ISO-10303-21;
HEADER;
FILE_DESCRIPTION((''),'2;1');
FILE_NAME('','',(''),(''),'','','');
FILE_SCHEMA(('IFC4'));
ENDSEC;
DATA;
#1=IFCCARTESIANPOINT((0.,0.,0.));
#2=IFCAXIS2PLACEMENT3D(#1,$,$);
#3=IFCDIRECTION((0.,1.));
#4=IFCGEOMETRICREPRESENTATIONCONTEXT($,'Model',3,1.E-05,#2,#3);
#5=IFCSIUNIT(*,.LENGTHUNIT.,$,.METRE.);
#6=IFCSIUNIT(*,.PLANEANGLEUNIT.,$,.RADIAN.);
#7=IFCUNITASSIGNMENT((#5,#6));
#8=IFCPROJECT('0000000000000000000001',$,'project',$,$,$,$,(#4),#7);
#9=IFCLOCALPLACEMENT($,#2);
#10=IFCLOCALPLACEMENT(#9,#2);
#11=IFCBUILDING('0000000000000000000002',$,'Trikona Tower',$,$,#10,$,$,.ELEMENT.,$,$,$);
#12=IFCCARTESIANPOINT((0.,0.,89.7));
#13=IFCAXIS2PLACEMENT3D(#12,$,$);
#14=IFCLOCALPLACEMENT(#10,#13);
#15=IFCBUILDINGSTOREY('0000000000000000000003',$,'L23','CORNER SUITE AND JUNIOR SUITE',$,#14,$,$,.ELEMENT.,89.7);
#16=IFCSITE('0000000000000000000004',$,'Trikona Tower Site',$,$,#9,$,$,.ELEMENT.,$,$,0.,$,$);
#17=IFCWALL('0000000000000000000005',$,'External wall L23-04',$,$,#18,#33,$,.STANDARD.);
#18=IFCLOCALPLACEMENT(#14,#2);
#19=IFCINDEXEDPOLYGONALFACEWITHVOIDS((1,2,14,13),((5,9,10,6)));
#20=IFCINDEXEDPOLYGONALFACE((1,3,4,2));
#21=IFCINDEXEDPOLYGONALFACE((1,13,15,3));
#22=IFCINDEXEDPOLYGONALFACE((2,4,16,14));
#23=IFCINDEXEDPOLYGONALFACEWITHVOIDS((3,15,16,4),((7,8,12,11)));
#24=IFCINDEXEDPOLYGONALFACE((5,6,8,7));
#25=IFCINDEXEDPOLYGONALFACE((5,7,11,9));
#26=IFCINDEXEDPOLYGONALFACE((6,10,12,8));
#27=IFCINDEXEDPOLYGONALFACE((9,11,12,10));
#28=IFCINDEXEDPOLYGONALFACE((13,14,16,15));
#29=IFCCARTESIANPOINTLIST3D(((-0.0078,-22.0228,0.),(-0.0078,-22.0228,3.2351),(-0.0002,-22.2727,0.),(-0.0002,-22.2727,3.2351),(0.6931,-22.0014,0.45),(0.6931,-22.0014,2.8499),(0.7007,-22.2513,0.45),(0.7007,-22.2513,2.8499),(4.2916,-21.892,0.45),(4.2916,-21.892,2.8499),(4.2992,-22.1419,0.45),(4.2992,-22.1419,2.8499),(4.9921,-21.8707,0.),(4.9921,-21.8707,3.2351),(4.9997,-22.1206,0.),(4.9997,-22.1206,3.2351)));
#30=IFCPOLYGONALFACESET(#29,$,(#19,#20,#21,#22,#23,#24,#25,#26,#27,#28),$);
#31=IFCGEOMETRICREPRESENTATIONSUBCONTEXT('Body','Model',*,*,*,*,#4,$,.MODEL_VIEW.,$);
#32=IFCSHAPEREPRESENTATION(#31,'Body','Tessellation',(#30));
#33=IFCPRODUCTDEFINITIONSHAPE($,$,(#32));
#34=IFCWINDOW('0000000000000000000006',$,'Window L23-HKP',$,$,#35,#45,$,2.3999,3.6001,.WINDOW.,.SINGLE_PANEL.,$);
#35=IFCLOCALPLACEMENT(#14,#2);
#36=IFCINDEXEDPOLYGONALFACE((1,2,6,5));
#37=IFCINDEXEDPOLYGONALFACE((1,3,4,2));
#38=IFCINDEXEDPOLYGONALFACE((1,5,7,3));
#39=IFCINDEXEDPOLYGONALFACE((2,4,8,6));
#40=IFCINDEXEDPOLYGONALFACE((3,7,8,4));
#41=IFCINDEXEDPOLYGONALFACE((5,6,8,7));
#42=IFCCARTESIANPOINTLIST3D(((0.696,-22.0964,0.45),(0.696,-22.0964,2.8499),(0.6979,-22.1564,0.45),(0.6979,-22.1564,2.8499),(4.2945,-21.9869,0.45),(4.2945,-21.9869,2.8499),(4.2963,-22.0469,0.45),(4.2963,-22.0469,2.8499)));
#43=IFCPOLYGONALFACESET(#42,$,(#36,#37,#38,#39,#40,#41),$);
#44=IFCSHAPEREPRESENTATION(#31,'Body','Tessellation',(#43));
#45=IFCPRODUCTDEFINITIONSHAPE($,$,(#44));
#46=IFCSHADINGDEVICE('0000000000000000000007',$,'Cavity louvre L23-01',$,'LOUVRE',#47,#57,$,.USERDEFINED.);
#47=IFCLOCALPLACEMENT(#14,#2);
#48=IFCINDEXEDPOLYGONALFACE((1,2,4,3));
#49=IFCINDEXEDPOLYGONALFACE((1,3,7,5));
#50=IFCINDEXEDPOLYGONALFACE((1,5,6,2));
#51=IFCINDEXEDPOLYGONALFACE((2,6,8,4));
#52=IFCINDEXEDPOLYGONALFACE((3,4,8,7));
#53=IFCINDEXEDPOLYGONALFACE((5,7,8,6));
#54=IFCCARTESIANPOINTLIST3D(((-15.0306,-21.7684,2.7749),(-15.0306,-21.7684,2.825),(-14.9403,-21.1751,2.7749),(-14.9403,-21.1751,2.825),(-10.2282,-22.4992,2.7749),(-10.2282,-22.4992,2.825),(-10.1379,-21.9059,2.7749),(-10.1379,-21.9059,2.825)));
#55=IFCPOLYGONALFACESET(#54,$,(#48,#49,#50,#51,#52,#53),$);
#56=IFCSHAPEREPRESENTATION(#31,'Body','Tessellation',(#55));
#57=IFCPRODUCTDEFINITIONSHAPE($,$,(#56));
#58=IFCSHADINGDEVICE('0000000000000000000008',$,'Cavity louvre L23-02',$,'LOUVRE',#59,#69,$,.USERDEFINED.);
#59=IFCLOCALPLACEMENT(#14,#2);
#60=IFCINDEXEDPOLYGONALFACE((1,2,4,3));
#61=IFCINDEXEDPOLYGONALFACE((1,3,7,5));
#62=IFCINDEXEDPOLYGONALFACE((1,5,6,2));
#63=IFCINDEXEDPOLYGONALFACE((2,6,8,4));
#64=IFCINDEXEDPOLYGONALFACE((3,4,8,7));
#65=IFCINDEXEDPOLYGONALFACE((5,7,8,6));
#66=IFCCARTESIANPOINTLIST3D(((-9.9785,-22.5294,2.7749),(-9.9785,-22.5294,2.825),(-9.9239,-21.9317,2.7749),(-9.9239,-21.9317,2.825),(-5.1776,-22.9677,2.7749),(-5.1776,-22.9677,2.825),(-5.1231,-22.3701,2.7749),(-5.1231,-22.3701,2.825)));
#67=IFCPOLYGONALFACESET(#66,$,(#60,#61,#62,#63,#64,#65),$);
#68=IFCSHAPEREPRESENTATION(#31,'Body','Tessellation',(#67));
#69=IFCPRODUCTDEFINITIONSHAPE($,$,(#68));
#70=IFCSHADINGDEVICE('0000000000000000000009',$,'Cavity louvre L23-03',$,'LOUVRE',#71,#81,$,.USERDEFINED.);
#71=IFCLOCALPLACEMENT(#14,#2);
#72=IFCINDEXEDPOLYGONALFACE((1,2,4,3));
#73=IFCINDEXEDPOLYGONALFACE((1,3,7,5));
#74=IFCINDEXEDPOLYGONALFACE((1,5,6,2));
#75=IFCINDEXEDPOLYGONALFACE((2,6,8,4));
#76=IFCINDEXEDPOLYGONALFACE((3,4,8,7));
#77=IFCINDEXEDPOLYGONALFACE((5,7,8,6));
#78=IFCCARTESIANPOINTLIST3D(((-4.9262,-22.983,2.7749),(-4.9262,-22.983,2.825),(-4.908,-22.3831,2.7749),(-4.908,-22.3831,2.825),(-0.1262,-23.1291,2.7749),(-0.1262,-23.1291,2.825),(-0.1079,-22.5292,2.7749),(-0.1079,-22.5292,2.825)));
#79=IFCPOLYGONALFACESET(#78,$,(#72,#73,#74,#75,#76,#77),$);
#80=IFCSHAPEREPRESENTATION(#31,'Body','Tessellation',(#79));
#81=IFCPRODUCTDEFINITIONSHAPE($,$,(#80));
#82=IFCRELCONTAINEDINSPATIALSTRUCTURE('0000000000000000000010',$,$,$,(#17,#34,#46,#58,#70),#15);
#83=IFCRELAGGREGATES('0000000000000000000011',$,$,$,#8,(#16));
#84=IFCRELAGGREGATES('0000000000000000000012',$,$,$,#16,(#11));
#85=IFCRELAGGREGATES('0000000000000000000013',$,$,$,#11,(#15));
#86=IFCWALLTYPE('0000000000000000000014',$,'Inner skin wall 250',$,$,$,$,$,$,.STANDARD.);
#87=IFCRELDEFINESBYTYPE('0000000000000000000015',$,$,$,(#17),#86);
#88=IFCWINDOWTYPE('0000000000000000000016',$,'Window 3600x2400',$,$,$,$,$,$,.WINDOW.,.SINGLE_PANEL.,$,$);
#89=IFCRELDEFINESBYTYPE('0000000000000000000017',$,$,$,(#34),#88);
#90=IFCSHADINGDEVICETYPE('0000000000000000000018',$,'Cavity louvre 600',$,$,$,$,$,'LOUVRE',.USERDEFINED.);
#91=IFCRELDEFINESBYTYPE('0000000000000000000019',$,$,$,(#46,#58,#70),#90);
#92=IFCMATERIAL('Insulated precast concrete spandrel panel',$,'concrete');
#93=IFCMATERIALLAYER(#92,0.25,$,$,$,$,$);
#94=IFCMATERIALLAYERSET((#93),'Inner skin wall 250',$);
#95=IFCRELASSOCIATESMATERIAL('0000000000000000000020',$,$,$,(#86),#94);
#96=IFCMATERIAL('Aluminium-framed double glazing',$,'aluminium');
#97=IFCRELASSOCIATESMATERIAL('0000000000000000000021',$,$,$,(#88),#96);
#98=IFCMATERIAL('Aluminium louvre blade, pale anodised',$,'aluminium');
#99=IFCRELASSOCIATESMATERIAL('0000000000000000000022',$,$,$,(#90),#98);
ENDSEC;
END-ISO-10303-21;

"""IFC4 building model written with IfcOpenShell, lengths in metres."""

from ifc_helpers import new_model, si_unit, direction, frame, frame_2d, origin, origin_2d, place, context, subcontext, project, spatial, rectangle, extrude, material, layer, layer_set, type_object, element, fill, save


model = new_model("IFC4")

# Units and contexts
model_context = context("Model", 3, precision=1e-05, world=origin(), true_north=direction((0.0, 1.0)))
body_context = subcontext(model_context, "Body", "Model", "MODEL_VIEW")
ifc_project = project(units=[si_unit("LENGTHUNIT", "METRE"), si_unit("PLANEANGLEUNIT", "RADIAN")], contexts=[model_context])

# Site, building, storey
site_placement = place(None, origin())
site = spatial("IfcSite", under=ifc_project, at=site_placement, Name="Trikona Tower Site", CompositionType="ELEMENT", RefElevation=0.0)
building_placement = place(site_placement, origin())
building = spatial("IfcBuilding", under=site, at=building_placement, Name="Trikona Tower", CompositionType="ELEMENT")
storey_placement = place(building_placement, frame((0.0, 0.0, 89.7)))
storey = spatial("IfcBuildingStorey", under=building, at=storey_placement, Name="L23", Description="CORNER SUITE AND JUNIOR SUITE", CompositionType="ELEMENT", Elevation=89.7)

# Wall, opening, window
ifc_material_1 = material(Name="Insulated precast concrete spandrel panel", Category="concrete")
ifc_layer_1 = layer(ifc_material_1, 0.25)
ifc_layer_set_1 = layer_set([ifc_layer_1], Name="Inner skin wall 250")
wall_type = type_object("IfcWallType", Name="Inner skin wall 250", PredefinedType="STANDARD", material=ifc_layer_set_1)
ifc_material_2 = material(Name="Aluminium-framed double glazing", Category="aluminium")
window_type = type_object("IfcWindowType", Name="Window 3600x2400", PartitioningType="SINGLE_PANEL", PredefinedType="WINDOW", material=ifc_material_2)
wall_1_placement = place(storey_placement, frame((-0.0039, -22.1477, 0.0), z_axis=(0.0, 0.0, 1.0), x_axis=(0.999538, 0.030406, 0.0)))
wall_1 = element("IfcWall", 1, at=wall_1_placement, inside=storey, type_object=wall_type, Name="External wall L23-04", PredefinedType="STANDARD", context=body_context, shape_type="SweptSolid", body=[
    extrude(rectangle(XDim=5.0022, YDim=0.25, at=frame_2d((2.501, 0.0))), origin(), (0.0, 0.0, 1.0), 3.2351),
])
opening_1_placement = place(wall_1_placement, frame((0.7012, 0.0, 0.45)))
opening_1 = element("IfcOpeningElement", 2, at=opening_1_placement, cuts=wall_1, PredefinedType="OPENING", context=body_context, shape_type="SweptSolid", body=[
    extrude(rectangle(XDim=3.6001, YDim=2.3999, at=frame_2d((1.8, 1.2))), frame((0.0, 0.135, 0.0), z_axis=(0.0, -1.0, 0.0), x_axis=(1.0, 0.0, 0.0)), (0.0, 0.0, 1.0), 0.27),
])
window_1_placement = place(opening_1_placement, origin())
window_1 = element("IfcWindow", 3, at=window_1_placement, inside=storey, type_object=window_type, Name="Window L23-HKP", OverallHeight=2.3999, OverallWidth=3.6001, PartitioningType="SINGLE_PANEL", PredefinedType="WINDOW", context=body_context, shape_type="SweptSolid", body=[
    extrude(rectangle(XDim=3.6001, YDim=2.3999, at=frame_2d((1.8, 1.2))), frame((0.0, 0.03, 0.0), z_axis=(0.0, -1.0, 0.0), x_axis=(1.0, 0.0, 0.0)), (0.0, 0.0, 1.0), 0.0601),
])
fill(opening_1, window_1)

# Shading devices
ifc_material_3 = material(Name="Aluminium louvre blade, pale anodised", Category="aluminium")
shading_device_type = type_object("IfcShadingDeviceType", Name="Cavity louvre 600", ElementType="LOUVRE", PredefinedType="USERDEFINED", material=ifc_material_3)
shading_device_1_placement = place(storey_placement, frame((-12.5842, -21.8372, 2.7749), z_axis=(0.0, 0.0, 1.0), x_axis=(0.988618, -0.150448, 0.0)))
element("IfcShadingDevice", 4, at=shading_device_1_placement, inside=storey, type_object=shading_device_type, Name="Cavity louvre L23-01", ObjectType="LOUVRE", PredefinedType="USERDEFINED", context=body_context, shape_type="SweptSolid", body=[
    extrude(rectangle(XDim=4.8577, YDim=0.6001, at=origin_2d()), origin(), (0.0, 0.0, 1.0), 0.05),
])
shading_device_2_placement = place(storey_placement, frame((-7.5508, -22.4497, 2.7749), z_axis=(0.0, 0.0, 1.0), x_axis=(0.995858, -0.090921, 0.0)))
element("IfcShadingDevice", 5, at=shading_device_2_placement, inside=storey, type_object=shading_device_type, Name="Cavity louvre L23-02", ObjectType="LOUVRE", PredefinedType="USERDEFINED", context=body_context, shape_type="SweptSolid", body=[
    extrude(rectangle(XDim=4.8208, YDim=0.6001, at=origin_2d()), origin(), (0.0, 0.0, 1.0), 0.05),
])
shading_device_3_placement = place(storey_placement, frame((-2.5171, -22.7561, 2.7749), z_axis=(0.0, 0.0, 1.0), x_axis=(0.999537, -0.030425, 0.0)))
element("IfcShadingDevice", 6, at=shading_device_3_placement, inside=storey, type_object=shading_device_type, Name="Cavity louvre L23-03", ObjectType="LOUVRE", PredefinedType="USERDEFINED", context=body_context, shape_type="SweptSolid", body=[
    extrude(rectangle(XDim=4.8022, YDim=0.6001, at=origin_2d()), origin(), (0.0, 0.0, 1.0), 0.05),
])

save(model, "model.ifc")
